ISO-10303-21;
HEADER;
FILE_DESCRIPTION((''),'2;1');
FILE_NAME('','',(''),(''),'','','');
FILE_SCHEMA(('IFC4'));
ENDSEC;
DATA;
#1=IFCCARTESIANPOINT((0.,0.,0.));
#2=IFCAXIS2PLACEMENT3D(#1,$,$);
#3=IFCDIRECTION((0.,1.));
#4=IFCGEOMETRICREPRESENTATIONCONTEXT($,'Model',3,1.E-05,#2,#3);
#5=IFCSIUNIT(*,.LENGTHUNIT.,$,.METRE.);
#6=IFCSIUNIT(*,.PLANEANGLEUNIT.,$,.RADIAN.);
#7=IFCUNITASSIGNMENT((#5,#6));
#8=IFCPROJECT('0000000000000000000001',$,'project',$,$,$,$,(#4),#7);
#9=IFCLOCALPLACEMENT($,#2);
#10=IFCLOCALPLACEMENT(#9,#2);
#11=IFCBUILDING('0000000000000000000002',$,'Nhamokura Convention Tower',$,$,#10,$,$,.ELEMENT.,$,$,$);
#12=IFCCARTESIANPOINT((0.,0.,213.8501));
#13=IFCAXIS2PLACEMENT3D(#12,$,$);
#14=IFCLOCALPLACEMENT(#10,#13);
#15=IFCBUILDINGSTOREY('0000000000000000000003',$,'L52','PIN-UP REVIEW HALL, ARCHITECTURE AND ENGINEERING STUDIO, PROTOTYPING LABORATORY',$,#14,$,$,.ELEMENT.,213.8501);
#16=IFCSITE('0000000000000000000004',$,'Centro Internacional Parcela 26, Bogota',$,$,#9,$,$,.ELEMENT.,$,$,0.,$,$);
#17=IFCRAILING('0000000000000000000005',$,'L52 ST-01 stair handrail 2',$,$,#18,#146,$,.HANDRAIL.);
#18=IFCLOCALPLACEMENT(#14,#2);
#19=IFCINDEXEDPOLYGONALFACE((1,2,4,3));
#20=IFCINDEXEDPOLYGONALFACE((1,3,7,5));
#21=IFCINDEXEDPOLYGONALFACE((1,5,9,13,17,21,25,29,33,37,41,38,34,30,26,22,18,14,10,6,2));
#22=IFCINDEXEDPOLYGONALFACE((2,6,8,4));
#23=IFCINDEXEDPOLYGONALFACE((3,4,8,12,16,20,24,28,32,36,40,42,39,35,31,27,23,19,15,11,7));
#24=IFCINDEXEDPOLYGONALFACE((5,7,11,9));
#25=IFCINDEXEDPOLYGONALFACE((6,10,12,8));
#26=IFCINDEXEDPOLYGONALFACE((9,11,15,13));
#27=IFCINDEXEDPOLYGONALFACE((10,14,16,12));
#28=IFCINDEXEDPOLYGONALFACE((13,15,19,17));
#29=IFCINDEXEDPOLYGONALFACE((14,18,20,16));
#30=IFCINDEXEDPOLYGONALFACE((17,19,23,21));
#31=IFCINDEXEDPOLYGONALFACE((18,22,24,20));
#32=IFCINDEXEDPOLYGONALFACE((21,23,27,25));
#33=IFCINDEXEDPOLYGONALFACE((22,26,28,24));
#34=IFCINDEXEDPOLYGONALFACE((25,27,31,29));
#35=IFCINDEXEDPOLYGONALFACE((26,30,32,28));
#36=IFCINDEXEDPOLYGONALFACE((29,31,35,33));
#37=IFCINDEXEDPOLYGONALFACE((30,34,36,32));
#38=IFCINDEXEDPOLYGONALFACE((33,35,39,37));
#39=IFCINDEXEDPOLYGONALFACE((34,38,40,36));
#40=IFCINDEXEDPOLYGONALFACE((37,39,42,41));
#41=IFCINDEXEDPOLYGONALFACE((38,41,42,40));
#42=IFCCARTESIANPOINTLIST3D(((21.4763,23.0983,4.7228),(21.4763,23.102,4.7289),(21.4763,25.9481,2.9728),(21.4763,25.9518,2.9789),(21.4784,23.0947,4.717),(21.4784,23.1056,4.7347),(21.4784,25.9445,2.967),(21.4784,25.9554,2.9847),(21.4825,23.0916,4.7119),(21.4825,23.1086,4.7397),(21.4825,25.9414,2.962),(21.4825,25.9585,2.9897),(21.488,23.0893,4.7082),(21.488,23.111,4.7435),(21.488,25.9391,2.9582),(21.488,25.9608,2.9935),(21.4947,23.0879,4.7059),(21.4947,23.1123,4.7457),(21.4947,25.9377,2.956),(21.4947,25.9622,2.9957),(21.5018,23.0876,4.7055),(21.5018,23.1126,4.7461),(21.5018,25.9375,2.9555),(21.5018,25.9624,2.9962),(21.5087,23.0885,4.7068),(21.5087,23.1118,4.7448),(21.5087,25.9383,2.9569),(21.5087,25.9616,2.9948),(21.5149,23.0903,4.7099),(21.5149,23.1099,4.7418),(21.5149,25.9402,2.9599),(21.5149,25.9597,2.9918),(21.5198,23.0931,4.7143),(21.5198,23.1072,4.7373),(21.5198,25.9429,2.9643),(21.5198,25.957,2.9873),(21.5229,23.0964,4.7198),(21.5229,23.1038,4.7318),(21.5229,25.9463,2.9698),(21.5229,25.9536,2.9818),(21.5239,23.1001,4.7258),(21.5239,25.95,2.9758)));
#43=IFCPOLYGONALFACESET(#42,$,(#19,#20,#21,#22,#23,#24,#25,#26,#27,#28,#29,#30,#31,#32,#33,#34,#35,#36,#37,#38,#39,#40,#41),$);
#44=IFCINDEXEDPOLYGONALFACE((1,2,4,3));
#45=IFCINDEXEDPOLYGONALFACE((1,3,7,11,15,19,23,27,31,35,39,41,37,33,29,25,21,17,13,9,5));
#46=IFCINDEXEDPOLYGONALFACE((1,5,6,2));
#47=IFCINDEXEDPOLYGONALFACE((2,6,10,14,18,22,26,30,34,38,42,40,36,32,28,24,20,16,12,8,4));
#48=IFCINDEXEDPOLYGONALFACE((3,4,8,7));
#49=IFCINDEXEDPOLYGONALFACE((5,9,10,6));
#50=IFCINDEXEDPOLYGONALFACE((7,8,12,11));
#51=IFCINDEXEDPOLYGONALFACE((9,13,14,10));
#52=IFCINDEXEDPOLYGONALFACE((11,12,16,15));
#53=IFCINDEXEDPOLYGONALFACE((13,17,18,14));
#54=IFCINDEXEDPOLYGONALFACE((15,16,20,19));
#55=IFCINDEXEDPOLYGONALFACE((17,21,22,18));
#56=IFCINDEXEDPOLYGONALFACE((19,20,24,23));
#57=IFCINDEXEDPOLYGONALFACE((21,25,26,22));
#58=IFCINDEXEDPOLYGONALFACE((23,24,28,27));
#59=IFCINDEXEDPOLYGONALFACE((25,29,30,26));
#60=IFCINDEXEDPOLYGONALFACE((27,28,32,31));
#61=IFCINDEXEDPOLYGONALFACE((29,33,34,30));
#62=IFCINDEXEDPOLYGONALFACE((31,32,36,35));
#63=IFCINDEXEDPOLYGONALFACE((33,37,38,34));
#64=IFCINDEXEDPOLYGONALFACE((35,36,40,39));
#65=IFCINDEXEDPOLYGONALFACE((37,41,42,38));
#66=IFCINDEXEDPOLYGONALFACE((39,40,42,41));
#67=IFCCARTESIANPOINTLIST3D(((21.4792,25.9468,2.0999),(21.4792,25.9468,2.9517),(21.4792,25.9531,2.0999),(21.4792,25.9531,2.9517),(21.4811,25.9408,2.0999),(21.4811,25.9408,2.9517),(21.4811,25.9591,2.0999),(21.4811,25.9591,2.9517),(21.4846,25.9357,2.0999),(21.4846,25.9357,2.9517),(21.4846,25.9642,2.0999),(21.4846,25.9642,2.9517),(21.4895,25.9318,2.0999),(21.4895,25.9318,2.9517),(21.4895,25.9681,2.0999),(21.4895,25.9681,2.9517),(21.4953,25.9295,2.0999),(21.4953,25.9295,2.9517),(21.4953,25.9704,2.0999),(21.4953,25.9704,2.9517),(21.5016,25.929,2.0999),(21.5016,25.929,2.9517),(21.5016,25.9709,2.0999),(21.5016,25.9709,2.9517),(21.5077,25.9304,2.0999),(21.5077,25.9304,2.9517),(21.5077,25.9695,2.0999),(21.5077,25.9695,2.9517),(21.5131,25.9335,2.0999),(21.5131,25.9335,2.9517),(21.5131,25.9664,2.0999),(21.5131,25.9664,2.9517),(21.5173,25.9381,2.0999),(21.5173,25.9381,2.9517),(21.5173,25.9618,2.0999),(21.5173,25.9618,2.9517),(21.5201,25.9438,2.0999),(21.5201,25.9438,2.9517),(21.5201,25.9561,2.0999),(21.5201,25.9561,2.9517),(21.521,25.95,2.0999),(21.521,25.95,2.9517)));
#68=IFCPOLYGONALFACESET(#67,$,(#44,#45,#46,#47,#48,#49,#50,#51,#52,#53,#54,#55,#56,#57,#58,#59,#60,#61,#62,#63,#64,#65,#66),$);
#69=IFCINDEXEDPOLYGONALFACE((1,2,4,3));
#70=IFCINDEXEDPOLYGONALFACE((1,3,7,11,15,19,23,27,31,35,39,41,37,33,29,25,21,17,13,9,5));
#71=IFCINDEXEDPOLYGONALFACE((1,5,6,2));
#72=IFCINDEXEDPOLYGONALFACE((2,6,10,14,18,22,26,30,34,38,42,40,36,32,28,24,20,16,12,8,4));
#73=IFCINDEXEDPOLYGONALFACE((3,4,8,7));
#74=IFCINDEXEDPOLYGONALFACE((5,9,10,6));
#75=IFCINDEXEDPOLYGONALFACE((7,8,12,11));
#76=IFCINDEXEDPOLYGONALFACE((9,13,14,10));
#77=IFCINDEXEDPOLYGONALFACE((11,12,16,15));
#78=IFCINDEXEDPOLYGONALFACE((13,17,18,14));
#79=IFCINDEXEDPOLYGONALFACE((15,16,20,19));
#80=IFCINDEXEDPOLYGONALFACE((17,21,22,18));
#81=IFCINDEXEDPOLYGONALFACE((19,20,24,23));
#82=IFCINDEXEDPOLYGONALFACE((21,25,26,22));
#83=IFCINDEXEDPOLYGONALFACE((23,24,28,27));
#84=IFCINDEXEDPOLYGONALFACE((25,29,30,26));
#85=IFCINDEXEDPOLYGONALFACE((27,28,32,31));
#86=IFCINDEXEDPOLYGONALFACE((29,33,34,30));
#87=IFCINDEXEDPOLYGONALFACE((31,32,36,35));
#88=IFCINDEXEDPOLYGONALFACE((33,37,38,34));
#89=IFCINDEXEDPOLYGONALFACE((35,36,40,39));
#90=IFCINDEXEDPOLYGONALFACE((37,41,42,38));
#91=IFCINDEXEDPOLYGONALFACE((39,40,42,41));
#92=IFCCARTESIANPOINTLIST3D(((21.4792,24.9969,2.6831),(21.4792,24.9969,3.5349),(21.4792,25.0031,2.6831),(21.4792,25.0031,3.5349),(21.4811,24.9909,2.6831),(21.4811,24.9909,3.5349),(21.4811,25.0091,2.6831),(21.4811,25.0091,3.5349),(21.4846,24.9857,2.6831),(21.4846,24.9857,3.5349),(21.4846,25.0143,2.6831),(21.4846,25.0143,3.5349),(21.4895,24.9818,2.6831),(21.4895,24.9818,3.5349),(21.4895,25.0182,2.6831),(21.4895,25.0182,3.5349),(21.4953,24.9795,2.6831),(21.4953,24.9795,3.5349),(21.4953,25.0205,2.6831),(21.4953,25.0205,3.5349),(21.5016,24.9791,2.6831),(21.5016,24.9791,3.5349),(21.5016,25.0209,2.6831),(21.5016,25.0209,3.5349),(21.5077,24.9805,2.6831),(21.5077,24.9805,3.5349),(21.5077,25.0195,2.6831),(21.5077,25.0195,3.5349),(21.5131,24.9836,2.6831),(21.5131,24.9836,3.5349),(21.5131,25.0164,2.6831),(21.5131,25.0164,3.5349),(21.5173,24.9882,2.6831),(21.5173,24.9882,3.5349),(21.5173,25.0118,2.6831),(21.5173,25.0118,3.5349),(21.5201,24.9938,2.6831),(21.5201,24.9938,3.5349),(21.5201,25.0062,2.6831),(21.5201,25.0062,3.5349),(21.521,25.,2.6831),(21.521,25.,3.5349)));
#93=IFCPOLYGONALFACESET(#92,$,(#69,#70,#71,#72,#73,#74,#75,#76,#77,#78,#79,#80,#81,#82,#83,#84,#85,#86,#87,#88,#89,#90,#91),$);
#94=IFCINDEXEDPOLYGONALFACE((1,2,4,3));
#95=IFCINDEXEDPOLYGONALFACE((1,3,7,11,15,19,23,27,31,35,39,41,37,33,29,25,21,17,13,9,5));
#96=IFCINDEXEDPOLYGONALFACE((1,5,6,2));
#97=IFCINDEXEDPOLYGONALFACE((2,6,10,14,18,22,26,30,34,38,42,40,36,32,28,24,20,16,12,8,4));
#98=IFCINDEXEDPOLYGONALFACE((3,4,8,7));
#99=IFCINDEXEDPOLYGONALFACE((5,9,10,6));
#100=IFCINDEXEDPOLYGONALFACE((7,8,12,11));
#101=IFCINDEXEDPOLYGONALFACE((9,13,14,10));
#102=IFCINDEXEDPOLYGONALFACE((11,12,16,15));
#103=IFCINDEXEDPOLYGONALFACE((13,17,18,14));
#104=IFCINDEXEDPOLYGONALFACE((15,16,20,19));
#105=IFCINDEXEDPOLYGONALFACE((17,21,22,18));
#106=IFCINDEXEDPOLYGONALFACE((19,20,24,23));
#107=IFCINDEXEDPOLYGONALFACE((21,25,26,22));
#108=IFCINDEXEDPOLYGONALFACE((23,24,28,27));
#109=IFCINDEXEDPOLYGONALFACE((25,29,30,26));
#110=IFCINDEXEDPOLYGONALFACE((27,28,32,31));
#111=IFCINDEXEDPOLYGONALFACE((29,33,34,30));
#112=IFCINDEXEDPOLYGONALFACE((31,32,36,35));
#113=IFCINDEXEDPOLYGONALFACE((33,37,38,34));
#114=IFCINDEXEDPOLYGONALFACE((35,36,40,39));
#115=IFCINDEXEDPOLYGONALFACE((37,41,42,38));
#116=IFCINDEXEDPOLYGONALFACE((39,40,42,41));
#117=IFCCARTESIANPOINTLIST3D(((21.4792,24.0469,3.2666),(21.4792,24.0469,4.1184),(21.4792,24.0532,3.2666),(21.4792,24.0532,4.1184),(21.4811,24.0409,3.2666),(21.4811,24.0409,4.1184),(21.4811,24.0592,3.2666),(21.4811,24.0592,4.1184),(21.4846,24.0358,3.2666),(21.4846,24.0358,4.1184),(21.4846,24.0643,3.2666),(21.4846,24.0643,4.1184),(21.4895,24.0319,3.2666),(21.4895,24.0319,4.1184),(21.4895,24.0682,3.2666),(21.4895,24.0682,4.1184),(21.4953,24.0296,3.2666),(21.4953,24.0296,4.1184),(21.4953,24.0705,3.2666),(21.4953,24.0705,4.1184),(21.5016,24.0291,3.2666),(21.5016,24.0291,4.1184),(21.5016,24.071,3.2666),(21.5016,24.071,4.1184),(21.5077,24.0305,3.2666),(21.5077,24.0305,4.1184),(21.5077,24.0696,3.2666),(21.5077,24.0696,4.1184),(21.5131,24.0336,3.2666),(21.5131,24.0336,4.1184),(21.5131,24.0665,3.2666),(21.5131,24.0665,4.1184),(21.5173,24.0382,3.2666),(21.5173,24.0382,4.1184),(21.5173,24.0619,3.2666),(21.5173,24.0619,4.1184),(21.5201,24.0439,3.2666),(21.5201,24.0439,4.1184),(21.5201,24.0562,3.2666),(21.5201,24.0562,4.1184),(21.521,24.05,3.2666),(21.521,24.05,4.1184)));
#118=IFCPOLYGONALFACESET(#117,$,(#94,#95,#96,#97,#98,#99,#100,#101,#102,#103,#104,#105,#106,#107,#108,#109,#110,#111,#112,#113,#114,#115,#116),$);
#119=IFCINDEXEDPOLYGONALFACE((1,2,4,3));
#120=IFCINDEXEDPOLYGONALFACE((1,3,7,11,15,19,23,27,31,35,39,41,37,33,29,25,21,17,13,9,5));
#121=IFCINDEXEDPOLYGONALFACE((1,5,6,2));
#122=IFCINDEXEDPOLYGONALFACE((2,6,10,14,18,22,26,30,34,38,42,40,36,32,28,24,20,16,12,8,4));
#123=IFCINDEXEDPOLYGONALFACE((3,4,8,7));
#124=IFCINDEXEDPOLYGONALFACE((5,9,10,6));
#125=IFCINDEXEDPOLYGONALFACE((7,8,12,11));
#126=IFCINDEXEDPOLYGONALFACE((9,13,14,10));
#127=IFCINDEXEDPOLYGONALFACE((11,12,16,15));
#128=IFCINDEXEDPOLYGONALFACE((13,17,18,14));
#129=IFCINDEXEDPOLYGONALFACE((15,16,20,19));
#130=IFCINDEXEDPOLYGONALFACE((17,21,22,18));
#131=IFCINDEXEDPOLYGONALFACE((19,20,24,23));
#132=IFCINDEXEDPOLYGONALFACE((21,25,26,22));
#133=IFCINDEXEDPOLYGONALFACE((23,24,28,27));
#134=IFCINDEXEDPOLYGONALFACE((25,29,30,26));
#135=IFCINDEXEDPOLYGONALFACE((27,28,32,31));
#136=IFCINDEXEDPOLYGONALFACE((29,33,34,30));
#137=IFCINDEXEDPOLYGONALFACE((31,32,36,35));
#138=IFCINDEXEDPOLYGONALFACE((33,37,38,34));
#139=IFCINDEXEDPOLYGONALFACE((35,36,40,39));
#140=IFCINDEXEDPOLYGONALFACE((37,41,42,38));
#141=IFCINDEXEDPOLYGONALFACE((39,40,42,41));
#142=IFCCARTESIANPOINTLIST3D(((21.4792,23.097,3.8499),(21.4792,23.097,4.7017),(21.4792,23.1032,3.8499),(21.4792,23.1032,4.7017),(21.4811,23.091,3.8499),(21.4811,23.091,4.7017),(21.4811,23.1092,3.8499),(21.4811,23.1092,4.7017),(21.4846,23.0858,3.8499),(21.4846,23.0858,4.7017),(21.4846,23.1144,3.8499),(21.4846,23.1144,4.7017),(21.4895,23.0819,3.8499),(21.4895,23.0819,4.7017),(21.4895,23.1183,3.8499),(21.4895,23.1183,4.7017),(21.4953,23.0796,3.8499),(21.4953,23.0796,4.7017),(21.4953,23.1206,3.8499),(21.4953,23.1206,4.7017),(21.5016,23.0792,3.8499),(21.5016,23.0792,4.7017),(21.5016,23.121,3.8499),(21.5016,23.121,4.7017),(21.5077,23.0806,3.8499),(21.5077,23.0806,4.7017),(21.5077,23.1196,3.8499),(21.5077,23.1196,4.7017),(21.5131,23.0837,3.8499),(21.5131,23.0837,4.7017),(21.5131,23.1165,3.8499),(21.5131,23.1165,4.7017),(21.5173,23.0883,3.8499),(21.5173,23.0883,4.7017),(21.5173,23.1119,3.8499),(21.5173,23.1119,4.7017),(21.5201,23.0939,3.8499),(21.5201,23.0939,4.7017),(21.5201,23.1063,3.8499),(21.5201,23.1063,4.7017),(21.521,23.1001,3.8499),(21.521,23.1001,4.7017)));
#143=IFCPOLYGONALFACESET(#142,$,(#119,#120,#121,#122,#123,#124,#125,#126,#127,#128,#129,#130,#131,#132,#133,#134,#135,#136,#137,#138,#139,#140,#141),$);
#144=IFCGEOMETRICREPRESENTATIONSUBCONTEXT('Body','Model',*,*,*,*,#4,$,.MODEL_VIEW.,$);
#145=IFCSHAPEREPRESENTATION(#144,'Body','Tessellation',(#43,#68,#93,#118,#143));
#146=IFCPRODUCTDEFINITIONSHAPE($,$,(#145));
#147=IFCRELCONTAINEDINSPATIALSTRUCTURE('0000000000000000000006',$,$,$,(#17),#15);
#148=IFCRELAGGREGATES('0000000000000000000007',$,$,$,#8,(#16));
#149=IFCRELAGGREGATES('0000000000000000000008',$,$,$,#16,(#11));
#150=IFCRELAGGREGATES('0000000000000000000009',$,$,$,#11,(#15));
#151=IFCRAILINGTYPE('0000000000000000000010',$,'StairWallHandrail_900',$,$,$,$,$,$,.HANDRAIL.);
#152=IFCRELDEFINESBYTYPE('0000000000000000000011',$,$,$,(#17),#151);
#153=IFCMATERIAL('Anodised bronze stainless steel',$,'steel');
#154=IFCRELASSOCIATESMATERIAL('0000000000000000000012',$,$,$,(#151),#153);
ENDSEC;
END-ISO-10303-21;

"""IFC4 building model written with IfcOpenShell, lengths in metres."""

from ifc_helpers import new_model, si_unit, direction, frame, origin, origin_2d, place, context, subcontext, project, spatial, circle, extrude, material, type_object, element, save


model = new_model("IFC4")

# Units and contexts
model_context = context("Model", 3, precision=1e-05, world=origin(), true_north=direction((0.0, 1.0)))
body_context = subcontext(model_context, "Body", "Model", "MODEL_VIEW")
ifc_project = project(units=[si_unit("LENGTHUNIT", "METRE"), si_unit("PLANEANGLEUNIT", "RADIAN")], contexts=[model_context])

# Site, building, storey
site_placement = place(None, origin())
site = spatial("IfcSite", under=ifc_project, at=site_placement, Name="Centro Internacional Parcela 26, Bogota", CompositionType="ELEMENT", RefElevation=0.0)
building_placement = place(site_placement, origin())
building = spatial("IfcBuilding", under=site, at=building_placement, Name="Nhamokura Convention Tower", CompositionType="ELEMENT")
storey_placement = place(building_placement, frame((0.0, 0.0, 213.8501)))
storey = spatial("IfcBuildingStorey", under=building, at=storey_placement, Name="L52", Description="PIN-UP REVIEW HALL, ARCHITECTURE AND ENGINEERING STUDIO, PROTOTYPING LABORATORY", CompositionType="ELEMENT", Elevation=213.8501)

# Railing
ifc_material_1 = material(Name="Anodised bronze stainless steel", Category="steel")
railing_type_1 = type_object("IfcRailingType", Name="StairWallHandrail_900", PredefinedType="HANDRAIL", material=ifc_material_1)
railing_1_placement = place(storey_placement, frame((21.5, 25.95, 2.0999)))
element("IfcRailing", 1, at=railing_1_placement, inside=storey, type_object=railing_type_1, Name="L52 ST-01 stair handrail 2", PredefinedType="HANDRAIL", context=body_context, shape_type="SweptSolid", body=[
    extrude(circle(Radius=0.0239, at=origin_2d()), frame((0.0, 0.0, 0.876), z_axis=(0.0, -0.852159, 0.523283), x_axis=(1.0, 0.0, 0.0)), (0.0, 0.0, 1.0), 3.3442),
    extrude(circle(Radius=0.021, at=origin_2d()), origin(), (0.0, 0.0, 1.0), 0.8518),
    extrude(circle(Radius=0.021, at=origin_2d()), frame((0.0, -0.95, 0.5833)), (0.0, 0.0, 1.0), 0.8518),
    extrude(circle(Radius=0.021, at=origin_2d()), frame((0.0, -1.8999, 1.1667)), (0.0, 0.0, 1.0), 0.8518),
    extrude(circle(Radius=0.021, at=origin_2d()), frame((0.0, -2.8499, 1.75)), (0.0, 0.0, 1.0), 0.8518),
])

save(model, "model.ifc")
